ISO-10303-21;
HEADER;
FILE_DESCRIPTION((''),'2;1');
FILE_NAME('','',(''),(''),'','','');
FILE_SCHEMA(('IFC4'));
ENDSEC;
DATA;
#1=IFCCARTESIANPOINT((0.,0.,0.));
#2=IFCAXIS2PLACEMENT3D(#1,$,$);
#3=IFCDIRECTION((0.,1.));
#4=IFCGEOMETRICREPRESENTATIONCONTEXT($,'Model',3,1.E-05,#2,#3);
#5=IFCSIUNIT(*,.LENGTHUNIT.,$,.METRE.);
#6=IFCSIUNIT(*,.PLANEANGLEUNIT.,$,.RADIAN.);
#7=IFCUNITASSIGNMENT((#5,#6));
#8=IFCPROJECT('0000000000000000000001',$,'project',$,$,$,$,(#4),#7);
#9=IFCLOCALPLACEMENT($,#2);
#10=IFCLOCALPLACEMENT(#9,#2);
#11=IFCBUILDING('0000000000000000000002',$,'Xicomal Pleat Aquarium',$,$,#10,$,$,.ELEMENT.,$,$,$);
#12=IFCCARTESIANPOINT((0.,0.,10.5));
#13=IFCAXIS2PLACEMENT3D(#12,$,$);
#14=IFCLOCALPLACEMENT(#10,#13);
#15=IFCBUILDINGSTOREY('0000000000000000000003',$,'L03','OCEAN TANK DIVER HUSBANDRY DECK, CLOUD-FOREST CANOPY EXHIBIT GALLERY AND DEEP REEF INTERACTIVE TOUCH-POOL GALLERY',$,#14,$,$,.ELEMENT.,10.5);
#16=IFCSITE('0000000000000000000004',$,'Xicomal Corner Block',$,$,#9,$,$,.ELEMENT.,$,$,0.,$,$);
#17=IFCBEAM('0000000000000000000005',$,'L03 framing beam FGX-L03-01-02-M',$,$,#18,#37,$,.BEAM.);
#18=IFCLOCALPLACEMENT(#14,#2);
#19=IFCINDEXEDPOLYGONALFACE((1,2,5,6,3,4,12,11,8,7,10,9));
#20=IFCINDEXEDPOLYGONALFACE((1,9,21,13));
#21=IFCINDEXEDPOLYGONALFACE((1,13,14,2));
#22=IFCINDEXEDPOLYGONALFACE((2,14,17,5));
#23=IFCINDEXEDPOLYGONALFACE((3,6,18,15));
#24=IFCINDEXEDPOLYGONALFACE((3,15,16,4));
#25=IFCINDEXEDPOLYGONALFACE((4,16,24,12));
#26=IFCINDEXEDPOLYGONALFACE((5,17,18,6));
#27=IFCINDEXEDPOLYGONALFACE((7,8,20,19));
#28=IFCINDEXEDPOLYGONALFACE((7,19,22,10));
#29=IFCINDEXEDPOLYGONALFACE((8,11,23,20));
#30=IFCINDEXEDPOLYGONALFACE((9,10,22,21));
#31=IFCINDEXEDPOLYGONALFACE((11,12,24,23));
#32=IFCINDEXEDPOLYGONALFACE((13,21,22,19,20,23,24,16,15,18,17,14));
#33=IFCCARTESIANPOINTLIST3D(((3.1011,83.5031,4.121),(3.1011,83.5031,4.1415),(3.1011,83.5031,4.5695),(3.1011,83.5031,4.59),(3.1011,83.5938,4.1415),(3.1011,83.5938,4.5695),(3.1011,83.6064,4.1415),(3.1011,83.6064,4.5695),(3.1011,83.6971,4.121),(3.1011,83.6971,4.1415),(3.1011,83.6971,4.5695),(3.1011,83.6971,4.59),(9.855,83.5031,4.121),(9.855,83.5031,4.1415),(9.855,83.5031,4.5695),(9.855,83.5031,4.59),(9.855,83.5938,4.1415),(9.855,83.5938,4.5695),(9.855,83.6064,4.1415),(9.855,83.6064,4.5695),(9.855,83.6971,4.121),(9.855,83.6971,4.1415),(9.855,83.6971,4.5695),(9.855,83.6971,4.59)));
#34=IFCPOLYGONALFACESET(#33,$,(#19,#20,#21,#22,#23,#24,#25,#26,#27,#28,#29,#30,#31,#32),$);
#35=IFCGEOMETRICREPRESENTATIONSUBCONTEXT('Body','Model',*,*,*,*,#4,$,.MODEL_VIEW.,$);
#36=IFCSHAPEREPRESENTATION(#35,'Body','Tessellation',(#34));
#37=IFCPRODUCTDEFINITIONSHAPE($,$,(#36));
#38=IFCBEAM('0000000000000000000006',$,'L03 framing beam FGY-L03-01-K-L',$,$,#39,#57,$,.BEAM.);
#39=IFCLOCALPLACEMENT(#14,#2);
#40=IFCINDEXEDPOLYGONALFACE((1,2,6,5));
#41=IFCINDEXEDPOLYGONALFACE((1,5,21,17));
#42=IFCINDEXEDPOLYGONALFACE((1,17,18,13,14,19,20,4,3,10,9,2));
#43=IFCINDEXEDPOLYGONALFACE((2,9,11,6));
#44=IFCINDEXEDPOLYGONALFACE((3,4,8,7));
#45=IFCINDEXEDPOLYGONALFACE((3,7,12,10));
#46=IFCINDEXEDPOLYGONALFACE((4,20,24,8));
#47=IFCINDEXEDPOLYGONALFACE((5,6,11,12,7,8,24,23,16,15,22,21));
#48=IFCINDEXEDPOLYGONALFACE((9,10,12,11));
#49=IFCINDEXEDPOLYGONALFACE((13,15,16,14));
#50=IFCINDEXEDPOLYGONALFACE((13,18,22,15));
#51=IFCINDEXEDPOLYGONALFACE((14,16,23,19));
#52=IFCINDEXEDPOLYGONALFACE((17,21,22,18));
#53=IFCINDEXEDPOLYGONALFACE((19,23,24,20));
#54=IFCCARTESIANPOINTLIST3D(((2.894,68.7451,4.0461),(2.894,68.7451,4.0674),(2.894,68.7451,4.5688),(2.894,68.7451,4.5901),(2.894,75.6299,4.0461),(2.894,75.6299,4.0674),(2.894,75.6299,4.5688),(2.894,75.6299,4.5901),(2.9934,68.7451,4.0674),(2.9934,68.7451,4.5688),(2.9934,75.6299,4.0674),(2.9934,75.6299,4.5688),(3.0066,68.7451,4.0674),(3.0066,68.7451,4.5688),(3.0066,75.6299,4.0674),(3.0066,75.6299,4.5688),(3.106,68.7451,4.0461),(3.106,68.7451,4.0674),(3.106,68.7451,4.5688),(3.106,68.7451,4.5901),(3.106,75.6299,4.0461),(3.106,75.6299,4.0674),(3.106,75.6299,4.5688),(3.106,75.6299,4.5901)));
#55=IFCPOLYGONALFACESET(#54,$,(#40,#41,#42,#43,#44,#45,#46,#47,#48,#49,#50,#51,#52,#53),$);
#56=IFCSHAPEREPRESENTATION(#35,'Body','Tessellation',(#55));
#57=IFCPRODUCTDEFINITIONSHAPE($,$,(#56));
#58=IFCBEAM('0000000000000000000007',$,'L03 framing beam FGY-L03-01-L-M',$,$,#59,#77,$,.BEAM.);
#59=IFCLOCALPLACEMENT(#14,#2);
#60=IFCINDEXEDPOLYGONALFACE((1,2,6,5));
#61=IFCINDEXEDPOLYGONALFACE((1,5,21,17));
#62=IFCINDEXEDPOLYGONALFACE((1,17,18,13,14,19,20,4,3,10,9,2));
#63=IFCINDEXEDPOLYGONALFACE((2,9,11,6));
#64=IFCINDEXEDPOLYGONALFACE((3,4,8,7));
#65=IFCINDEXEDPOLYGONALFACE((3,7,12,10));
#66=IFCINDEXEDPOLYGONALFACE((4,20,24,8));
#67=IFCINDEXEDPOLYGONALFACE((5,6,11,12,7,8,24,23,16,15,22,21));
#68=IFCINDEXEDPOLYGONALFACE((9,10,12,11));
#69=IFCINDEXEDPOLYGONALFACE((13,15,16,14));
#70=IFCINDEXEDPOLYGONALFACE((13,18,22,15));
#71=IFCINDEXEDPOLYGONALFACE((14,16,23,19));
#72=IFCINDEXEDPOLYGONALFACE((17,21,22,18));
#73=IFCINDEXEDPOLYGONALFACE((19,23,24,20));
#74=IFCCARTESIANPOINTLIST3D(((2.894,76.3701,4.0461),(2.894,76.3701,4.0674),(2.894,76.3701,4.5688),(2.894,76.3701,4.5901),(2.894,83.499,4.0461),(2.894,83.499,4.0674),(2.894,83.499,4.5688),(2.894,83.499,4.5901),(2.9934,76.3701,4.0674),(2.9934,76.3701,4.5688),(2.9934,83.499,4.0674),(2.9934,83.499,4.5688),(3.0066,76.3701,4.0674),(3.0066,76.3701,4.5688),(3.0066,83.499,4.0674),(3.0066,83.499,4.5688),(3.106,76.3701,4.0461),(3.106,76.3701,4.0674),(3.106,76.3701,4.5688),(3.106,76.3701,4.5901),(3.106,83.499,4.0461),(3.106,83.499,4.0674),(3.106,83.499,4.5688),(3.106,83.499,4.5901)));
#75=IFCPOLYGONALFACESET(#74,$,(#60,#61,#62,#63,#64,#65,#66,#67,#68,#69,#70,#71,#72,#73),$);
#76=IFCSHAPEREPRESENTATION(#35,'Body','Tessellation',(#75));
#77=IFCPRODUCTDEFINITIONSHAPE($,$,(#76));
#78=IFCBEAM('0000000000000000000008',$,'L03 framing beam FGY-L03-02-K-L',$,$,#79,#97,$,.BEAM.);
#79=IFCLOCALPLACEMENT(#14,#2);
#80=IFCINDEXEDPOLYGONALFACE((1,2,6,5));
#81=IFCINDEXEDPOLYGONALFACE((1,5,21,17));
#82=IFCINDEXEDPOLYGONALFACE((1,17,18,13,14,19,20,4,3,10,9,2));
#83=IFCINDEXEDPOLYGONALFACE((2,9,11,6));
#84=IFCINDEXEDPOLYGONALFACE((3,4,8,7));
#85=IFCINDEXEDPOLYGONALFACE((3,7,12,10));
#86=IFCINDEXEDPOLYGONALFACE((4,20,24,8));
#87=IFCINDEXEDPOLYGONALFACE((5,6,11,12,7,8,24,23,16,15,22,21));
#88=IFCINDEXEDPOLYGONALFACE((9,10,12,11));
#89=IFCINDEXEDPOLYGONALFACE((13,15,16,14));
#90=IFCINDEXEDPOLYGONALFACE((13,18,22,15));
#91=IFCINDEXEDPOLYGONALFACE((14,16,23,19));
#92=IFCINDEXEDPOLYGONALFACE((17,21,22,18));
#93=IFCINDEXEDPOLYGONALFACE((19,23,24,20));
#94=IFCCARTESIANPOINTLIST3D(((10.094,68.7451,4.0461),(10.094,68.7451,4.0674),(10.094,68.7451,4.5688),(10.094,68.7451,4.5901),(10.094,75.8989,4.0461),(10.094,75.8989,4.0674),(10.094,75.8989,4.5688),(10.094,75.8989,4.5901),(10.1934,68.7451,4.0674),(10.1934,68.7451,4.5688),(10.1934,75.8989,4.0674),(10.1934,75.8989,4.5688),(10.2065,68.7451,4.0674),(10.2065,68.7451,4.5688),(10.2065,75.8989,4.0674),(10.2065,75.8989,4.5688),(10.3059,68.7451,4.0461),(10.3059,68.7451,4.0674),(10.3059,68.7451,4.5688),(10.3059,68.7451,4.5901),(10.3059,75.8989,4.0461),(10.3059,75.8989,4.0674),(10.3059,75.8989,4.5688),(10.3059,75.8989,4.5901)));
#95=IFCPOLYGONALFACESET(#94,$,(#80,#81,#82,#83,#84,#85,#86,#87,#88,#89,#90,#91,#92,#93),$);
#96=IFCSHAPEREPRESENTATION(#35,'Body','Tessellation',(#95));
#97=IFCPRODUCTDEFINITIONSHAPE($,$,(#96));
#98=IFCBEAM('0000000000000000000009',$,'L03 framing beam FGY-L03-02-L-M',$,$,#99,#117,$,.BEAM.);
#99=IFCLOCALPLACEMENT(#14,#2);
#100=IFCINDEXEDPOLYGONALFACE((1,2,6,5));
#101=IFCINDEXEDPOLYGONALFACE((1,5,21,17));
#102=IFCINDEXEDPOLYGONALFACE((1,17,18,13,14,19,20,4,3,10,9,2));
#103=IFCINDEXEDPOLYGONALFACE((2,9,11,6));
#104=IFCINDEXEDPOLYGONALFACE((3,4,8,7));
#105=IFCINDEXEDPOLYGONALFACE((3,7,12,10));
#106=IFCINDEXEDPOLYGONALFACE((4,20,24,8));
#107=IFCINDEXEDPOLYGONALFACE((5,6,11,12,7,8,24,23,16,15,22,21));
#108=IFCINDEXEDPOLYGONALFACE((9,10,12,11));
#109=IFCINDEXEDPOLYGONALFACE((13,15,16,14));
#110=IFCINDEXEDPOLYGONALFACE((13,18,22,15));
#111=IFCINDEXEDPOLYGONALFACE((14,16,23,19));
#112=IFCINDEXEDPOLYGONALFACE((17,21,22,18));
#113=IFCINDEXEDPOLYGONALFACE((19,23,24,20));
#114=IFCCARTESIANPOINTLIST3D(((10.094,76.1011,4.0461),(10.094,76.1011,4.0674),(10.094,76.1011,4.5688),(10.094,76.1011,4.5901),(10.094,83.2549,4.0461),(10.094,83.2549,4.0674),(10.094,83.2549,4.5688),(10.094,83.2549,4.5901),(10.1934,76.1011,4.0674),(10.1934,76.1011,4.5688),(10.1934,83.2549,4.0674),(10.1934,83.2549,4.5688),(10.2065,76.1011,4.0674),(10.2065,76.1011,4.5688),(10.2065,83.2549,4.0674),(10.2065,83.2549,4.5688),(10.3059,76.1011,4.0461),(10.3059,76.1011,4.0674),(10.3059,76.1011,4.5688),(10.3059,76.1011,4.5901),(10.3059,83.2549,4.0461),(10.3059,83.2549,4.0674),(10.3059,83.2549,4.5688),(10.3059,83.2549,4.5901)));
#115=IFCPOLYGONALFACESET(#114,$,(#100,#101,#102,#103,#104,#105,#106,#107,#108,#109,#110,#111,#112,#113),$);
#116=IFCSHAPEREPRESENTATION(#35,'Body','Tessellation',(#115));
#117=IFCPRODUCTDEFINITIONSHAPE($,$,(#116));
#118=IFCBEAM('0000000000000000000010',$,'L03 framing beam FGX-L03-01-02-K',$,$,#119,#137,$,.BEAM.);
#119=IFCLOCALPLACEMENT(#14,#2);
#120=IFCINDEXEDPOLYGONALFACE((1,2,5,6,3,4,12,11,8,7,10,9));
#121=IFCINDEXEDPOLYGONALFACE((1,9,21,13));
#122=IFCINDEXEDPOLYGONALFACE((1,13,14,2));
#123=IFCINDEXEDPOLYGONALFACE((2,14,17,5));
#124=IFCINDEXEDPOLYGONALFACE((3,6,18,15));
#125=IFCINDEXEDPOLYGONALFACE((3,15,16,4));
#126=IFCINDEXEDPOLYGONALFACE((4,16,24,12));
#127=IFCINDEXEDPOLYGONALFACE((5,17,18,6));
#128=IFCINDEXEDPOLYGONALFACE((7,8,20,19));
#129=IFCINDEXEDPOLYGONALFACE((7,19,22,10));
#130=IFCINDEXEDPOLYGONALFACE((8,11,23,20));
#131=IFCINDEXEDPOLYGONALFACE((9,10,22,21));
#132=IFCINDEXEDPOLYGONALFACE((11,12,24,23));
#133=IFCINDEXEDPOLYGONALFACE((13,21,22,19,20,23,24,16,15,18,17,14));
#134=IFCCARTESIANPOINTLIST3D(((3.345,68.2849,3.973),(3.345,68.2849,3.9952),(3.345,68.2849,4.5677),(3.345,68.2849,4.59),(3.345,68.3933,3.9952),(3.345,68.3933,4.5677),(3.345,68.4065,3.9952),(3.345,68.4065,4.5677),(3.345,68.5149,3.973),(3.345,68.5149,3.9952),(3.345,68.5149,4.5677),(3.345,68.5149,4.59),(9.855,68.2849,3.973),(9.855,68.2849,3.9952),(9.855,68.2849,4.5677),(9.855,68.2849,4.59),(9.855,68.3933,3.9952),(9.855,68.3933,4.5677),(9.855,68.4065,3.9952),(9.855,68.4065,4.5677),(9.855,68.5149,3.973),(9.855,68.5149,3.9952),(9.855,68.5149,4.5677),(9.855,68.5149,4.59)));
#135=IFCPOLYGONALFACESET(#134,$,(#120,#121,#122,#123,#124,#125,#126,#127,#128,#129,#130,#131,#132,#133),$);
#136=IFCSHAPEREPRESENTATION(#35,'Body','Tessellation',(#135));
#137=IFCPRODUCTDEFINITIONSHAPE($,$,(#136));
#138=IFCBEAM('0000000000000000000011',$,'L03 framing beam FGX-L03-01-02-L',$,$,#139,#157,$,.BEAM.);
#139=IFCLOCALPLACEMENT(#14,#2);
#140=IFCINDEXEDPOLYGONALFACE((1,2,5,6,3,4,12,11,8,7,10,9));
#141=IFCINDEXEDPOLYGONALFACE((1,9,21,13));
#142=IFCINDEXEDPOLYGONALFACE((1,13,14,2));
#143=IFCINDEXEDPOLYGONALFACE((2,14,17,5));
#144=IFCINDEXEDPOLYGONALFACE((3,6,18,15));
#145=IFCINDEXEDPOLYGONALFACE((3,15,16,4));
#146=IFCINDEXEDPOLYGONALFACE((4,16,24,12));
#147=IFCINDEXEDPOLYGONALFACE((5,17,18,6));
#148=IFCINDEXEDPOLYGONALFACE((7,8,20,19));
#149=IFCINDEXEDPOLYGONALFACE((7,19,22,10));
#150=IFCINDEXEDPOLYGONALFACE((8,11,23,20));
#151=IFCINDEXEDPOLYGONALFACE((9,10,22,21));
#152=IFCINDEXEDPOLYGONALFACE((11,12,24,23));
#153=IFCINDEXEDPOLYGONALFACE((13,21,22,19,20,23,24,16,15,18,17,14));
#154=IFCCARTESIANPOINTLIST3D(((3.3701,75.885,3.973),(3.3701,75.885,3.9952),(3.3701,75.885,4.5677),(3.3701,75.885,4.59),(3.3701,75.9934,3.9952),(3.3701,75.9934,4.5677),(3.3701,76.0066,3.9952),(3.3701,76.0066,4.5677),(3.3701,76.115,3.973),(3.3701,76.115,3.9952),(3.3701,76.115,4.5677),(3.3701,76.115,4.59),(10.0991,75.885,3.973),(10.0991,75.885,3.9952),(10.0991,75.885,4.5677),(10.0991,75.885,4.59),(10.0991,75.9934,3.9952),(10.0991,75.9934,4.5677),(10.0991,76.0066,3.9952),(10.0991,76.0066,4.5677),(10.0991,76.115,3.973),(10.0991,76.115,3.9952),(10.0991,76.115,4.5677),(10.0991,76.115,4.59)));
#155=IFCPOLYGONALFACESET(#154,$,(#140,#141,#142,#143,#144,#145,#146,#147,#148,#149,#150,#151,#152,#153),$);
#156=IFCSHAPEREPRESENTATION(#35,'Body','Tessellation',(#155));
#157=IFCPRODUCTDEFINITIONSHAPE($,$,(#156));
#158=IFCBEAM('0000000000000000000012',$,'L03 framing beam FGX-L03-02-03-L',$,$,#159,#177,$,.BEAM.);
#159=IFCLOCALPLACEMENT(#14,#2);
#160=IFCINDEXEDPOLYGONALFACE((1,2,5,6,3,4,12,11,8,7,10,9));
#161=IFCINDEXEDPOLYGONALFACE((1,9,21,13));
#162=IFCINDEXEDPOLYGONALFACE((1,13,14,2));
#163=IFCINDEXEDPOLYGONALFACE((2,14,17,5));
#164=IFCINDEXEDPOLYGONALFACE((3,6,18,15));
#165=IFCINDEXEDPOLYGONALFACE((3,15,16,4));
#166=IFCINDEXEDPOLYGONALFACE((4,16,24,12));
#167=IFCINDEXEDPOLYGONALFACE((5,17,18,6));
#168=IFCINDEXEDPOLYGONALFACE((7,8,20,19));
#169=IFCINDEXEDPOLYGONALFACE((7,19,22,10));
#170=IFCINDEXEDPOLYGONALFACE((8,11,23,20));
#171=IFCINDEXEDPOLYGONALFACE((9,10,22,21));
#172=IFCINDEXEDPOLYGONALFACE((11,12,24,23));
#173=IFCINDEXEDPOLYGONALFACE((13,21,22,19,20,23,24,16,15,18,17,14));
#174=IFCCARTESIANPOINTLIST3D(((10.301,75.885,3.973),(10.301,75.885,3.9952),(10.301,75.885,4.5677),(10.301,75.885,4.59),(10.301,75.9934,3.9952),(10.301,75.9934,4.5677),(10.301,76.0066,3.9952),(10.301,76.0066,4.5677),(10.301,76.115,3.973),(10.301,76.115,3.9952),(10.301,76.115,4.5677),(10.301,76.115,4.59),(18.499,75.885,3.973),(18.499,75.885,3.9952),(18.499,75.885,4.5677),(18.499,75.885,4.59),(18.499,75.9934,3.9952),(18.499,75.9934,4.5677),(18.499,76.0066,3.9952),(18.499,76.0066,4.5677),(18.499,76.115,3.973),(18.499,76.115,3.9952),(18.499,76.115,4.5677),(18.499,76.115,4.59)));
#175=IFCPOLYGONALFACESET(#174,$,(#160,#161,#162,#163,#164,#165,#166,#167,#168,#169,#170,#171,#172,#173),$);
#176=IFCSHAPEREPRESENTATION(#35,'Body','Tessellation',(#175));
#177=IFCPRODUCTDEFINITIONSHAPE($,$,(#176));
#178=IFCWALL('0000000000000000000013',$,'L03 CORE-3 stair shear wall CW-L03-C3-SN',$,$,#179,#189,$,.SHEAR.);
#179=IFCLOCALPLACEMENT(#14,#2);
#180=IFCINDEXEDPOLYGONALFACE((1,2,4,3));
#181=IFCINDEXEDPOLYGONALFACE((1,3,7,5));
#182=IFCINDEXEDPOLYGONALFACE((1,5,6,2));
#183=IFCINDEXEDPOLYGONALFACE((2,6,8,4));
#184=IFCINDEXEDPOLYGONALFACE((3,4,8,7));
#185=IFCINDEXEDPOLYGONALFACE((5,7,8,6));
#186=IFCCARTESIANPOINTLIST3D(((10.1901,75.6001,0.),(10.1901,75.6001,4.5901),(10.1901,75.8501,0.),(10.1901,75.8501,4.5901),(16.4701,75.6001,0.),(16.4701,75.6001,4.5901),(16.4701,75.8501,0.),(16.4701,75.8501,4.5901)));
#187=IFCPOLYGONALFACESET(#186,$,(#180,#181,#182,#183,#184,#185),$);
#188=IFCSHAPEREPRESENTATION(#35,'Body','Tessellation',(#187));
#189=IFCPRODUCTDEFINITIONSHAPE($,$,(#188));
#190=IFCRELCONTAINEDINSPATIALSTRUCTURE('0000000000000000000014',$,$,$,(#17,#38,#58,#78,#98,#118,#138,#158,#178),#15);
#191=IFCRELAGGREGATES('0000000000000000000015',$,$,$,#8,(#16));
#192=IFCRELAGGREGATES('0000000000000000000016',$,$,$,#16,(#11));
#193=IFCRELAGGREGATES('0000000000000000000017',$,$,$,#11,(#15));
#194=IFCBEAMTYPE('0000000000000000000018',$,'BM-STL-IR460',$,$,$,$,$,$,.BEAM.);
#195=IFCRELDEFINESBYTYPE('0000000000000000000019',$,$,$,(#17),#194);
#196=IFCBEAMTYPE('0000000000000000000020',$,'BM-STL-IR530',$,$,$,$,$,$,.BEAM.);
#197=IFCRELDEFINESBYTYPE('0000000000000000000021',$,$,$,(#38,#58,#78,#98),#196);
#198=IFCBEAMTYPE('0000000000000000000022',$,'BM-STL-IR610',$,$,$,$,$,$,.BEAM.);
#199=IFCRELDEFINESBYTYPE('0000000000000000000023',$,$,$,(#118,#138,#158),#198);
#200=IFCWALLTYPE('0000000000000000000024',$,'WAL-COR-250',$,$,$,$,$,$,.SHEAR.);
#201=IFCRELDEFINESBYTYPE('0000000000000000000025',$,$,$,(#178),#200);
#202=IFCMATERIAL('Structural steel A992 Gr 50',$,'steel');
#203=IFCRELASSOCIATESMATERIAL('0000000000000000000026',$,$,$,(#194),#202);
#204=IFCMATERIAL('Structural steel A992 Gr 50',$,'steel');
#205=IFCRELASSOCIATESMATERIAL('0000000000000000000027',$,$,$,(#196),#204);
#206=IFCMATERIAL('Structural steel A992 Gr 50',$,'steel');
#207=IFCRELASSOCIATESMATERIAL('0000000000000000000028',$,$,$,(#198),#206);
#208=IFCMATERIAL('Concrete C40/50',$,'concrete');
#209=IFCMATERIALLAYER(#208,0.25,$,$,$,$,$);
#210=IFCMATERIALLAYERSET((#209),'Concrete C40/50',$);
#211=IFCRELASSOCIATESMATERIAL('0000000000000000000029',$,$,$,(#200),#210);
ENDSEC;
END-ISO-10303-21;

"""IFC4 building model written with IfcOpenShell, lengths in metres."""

from ifc_helpers import new_model, si_unit, direction, frame, frame_2d, origin, origin_2d, place, context, subcontext, project, spatial, rectangle, i_section, extrude, material, layer, layer_set, material_profile, profile_set, type_object, element, save


model = new_model("IFC4")

# Units and contexts
model_context = context("Model", 3, precision=1e-05, world=origin(), true_north=direction((0.0, 1.0)))
body_context = subcontext(model_context, "Body", "Model", "MODEL_VIEW")
ifc_project = project(units=[si_unit("LENGTHUNIT", "METRE"), si_unit("PLANEANGLEUNIT", "RADIAN")], contexts=[model_context])

# Site, building, storey
site_placement = place(None, origin())
site = spatial("IfcSite", under=ifc_project, at=site_placement, Name="Xicomal Corner Block", CompositionType="ELEMENT", RefElevation=0.0)
building_placement = place(site_placement, origin())
building = spatial("IfcBuilding", under=site, at=building_placement, Name="Xicomal Pleat Aquarium", CompositionType="ELEMENT")
storey_placement = place(building_placement, frame((0.0, 0.0, 10.5)))
storey = spatial("IfcBuildingStorey", under=building, at=storey_placement, Name="L03", Description="OCEAN TANK DIVER HUSBANDRY DECK, CLOUD-FOREST CANOPY EXHIBIT GALLERY AND DEEP REEF INTERACTIVE TOUCH-POOL GALLERY", CompositionType="ELEMENT", Elevation=10.5)

# Beams
ifc_material_1 = material(Name="Structural steel A992 Gr 50", Category="steel")
ifc_material_profile_1 = material_profile(ifc_material_1, i_section(OverallWidth=0.1941, OverallDepth=0.469, WebThickness=0.0127, FlangeThickness=0.0205, at=origin_2d()), Name="IR 460x106")
ifc_profile_set_1 = profile_set([ifc_material_profile_1], Name="Structural steel A992 Gr 50")
beam_type_1 = type_object("IfcBeamType", Name="BM-STL-IR460", PredefinedType="BEAM", material=ifc_profile_set_1)
beam_1_placement = place(storey_placement, frame((3.1011, 83.6001, 4.3555), z_axis=(1.0, 0.0, 0.0), x_axis=(0.0, 1.0, 0.0)))
element("IfcBeam", 1, at=beam_1_placement, inside=storey, type_object=beam_type_1, Name="L03 framing beam FGX-L03-01-02-M", PredefinedType="BEAM", context=body_context, shape_type="SweptSolid", body=[
    extrude(i_section(OverallWidth=0.1941, OverallDepth=0.469, WebThickness=0.0127, FlangeThickness=0.0205, at=origin_2d()), origin(), (0.0, 0.0, 1.0), 6.7539),
])
ifc_material_2 = material(Name="Structural steel A992 Gr 50", Category="steel")
ifc_material_profile_2 = material_profile(ifc_material_2, i_section(OverallWidth=0.2119, OverallDepth=0.5439, WebThickness=0.0132, FlangeThickness=0.0212, at=origin_2d()), Name="IR 530x123")
ifc_profile_set_2 = profile_set([ifc_material_profile_2], Name="Structural steel A992 Gr 50")
beam_type_2 = type_object("IfcBeamType", Name="BM-STL-IR530", PredefinedType="BEAM", material=ifc_profile_set_2)
beam_2_placement = place(storey_placement, frame((3.0, 68.7451, 4.3181), z_axis=(0.0, 1.0, 0.0), x_axis=(-1.0, 0.0, 0.0)))
element("IfcBeam", 2, at=beam_2_placement, inside=storey, type_object=beam_type_2, Name="L03 framing beam FGY-L03-01-K-L", PredefinedType="BEAM", context=body_context, shape_type="SweptSolid", body=[
    extrude(i_section(OverallWidth=0.2119, OverallDepth=0.5439, WebThickness=0.0132, FlangeThickness=0.0212, at=origin_2d()), origin(), (0.0, 0.0, 1.0), 6.8848),
])
beam_3_placement = place(storey_placement, frame((3.0, 76.3701, 4.3181), z_axis=(0.0, 1.0, 0.0), x_axis=(-1.0, 0.0, 0.0)))
element("IfcBeam", 3, at=beam_3_placement, inside=storey, type_object=beam_type_2, Name="L03 framing beam FGY-L03-01-L-M", PredefinedType="BEAM", context=body_context, shape_type="SweptSolid", body=[
    extrude(i_section(OverallWidth=0.2119, OverallDepth=0.5439, WebThickness=0.0132, FlangeThickness=0.0212, at=origin_2d()), origin(), (0.0, 0.0, 1.0), 7.1289),
])
for number, where, z_axis, x_axis, name in (
    (4, (10.2, 68.7451, 4.3181), (0.0, 1.0, 0.0), (-1.0, 0.0, 0.0), "L03 framing beam FGY-L03-02-K-L"),
    (5, (10.2, 76.1011, 4.3181), (0.0, 1.0, 0.0), (-1.0, 0.0, 0.0), "L03 framing beam FGY-L03-02-L-M"),
):
    element("IfcBeam", number, at=place(storey_placement, frame(where, z_axis=z_axis, x_axis=x_axis)), inside=storey, type_object=beam_type_2, Name=name, PredefinedType="BEAM", context=body_context, shape_type="SweptSolid", body=[
        extrude(i_section(OverallWidth=0.2119, OverallDepth=0.5439, WebThickness=0.0132, FlangeThickness=0.0212, at=origin_2d()), origin(), (0.0, 0.0, 1.0), 7.1538),
    ])
ifc_material_3 = material(Name="Structural steel A992 Gr 50", Category="steel")
ifc_material_profile_3 = material_profile(ifc_material_3, i_section(OverallWidth=0.23, OverallDepth=0.6169, WebThickness=0.0132, FlangeThickness=0.0222, at=origin_2d()), Name="IR 610x140")
ifc_profile_set_3 = profile_set([ifc_material_profile_3], Name="Structural steel A992 Gr 50")
beam_type_3 = type_object("IfcBeamType", Name="BM-STL-IR610", PredefinedType="BEAM", material=ifc_profile_set_3)
beam_4_placement = place(storey_placement, frame((3.345, 68.3999, 4.2815), z_axis=(1.0, 0.0, 0.0), x_axis=(0.0, 1.0, 0.0)))
element("IfcBeam", 6, at=beam_4_placement, inside=storey, type_object=beam_type_3, Name="L03 framing beam FGX-L03-01-02-K", PredefinedType="BEAM", context=body_context, shape_type="SweptSolid", body=[
    extrude(i_section(OverallWidth=0.23, OverallDepth=0.6169, WebThickness=0.0132, FlangeThickness=0.0222, at=origin_2d()), origin(), (0.0, 0.0, 1.0), 6.51),
])
beam_5_placement = place(storey_placement, frame((3.3701, 76.0, 4.2815), z_axis=(1.0, 0.0, 0.0), x_axis=(0.0, 1.0, 0.0)))
element("IfcBeam", 7, at=beam_5_placement, inside=storey, type_object=beam_type_3, Name="L03 framing beam FGX-L03-01-02-L", PredefinedType="BEAM", context=body_context, shape_type="SweptSolid", body=[
    extrude(i_section(OverallWidth=0.23, OverallDepth=0.6169, WebThickness=0.0132, FlangeThickness=0.0222, at=origin_2d()), origin(), (0.0, 0.0, 1.0), 6.729),
])
beam_6_placement = place(storey_placement, frame((10.301, 76.0, 4.2815), z_axis=(1.0, 0.0, 0.0), x_axis=(0.0, 1.0, 0.0)))
element("IfcBeam", 8, at=beam_6_placement, inside=storey, type_object=beam_type_3, Name="L03 framing beam FGX-L03-02-03-L", PredefinedType="BEAM", context=body_context, shape_type="SweptSolid", body=[
    extrude(i_section(OverallWidth=0.23, OverallDepth=0.6169, WebThickness=0.0132, FlangeThickness=0.0222, at=origin_2d()), origin(), (0.0, 0.0, 1.0), 8.198),
])

# Wall
ifc_material_4 = material(Name="Concrete C40/50", Category="concrete")
ifc_layer_1 = layer(ifc_material_4, 0.25)
ifc_layer_set_1 = layer_set([ifc_layer_1], Name="Concrete C40/50")
wall_type_1 = type_object("IfcWallType", Name="WAL-COR-250", PredefinedType="SHEAR", material=ifc_layer_set_1)
wall_1_placement = place(storey_placement, frame((10.1899, 75.7251, 0.0), z_axis=(0.0, 0.0, 1.0), x_axis=(1.0, 0.0, 0.0)))
element("IfcWall", 9, at=wall_1_placement, inside=storey, type_object=wall_type_1, Name="L03 CORE-3 stair shear wall CW-L03-C3-SN", PredefinedType="SHEAR", context=body_context, shape_type="SweptSolid", body=[
    extrude(rectangle(XDim=6.28, YDim=0.25, at=frame_2d((3.1401, 0.0))), origin(), (0.0, 0.0, 1.0), 4.5901),
])

save(model, "model.ifc")
